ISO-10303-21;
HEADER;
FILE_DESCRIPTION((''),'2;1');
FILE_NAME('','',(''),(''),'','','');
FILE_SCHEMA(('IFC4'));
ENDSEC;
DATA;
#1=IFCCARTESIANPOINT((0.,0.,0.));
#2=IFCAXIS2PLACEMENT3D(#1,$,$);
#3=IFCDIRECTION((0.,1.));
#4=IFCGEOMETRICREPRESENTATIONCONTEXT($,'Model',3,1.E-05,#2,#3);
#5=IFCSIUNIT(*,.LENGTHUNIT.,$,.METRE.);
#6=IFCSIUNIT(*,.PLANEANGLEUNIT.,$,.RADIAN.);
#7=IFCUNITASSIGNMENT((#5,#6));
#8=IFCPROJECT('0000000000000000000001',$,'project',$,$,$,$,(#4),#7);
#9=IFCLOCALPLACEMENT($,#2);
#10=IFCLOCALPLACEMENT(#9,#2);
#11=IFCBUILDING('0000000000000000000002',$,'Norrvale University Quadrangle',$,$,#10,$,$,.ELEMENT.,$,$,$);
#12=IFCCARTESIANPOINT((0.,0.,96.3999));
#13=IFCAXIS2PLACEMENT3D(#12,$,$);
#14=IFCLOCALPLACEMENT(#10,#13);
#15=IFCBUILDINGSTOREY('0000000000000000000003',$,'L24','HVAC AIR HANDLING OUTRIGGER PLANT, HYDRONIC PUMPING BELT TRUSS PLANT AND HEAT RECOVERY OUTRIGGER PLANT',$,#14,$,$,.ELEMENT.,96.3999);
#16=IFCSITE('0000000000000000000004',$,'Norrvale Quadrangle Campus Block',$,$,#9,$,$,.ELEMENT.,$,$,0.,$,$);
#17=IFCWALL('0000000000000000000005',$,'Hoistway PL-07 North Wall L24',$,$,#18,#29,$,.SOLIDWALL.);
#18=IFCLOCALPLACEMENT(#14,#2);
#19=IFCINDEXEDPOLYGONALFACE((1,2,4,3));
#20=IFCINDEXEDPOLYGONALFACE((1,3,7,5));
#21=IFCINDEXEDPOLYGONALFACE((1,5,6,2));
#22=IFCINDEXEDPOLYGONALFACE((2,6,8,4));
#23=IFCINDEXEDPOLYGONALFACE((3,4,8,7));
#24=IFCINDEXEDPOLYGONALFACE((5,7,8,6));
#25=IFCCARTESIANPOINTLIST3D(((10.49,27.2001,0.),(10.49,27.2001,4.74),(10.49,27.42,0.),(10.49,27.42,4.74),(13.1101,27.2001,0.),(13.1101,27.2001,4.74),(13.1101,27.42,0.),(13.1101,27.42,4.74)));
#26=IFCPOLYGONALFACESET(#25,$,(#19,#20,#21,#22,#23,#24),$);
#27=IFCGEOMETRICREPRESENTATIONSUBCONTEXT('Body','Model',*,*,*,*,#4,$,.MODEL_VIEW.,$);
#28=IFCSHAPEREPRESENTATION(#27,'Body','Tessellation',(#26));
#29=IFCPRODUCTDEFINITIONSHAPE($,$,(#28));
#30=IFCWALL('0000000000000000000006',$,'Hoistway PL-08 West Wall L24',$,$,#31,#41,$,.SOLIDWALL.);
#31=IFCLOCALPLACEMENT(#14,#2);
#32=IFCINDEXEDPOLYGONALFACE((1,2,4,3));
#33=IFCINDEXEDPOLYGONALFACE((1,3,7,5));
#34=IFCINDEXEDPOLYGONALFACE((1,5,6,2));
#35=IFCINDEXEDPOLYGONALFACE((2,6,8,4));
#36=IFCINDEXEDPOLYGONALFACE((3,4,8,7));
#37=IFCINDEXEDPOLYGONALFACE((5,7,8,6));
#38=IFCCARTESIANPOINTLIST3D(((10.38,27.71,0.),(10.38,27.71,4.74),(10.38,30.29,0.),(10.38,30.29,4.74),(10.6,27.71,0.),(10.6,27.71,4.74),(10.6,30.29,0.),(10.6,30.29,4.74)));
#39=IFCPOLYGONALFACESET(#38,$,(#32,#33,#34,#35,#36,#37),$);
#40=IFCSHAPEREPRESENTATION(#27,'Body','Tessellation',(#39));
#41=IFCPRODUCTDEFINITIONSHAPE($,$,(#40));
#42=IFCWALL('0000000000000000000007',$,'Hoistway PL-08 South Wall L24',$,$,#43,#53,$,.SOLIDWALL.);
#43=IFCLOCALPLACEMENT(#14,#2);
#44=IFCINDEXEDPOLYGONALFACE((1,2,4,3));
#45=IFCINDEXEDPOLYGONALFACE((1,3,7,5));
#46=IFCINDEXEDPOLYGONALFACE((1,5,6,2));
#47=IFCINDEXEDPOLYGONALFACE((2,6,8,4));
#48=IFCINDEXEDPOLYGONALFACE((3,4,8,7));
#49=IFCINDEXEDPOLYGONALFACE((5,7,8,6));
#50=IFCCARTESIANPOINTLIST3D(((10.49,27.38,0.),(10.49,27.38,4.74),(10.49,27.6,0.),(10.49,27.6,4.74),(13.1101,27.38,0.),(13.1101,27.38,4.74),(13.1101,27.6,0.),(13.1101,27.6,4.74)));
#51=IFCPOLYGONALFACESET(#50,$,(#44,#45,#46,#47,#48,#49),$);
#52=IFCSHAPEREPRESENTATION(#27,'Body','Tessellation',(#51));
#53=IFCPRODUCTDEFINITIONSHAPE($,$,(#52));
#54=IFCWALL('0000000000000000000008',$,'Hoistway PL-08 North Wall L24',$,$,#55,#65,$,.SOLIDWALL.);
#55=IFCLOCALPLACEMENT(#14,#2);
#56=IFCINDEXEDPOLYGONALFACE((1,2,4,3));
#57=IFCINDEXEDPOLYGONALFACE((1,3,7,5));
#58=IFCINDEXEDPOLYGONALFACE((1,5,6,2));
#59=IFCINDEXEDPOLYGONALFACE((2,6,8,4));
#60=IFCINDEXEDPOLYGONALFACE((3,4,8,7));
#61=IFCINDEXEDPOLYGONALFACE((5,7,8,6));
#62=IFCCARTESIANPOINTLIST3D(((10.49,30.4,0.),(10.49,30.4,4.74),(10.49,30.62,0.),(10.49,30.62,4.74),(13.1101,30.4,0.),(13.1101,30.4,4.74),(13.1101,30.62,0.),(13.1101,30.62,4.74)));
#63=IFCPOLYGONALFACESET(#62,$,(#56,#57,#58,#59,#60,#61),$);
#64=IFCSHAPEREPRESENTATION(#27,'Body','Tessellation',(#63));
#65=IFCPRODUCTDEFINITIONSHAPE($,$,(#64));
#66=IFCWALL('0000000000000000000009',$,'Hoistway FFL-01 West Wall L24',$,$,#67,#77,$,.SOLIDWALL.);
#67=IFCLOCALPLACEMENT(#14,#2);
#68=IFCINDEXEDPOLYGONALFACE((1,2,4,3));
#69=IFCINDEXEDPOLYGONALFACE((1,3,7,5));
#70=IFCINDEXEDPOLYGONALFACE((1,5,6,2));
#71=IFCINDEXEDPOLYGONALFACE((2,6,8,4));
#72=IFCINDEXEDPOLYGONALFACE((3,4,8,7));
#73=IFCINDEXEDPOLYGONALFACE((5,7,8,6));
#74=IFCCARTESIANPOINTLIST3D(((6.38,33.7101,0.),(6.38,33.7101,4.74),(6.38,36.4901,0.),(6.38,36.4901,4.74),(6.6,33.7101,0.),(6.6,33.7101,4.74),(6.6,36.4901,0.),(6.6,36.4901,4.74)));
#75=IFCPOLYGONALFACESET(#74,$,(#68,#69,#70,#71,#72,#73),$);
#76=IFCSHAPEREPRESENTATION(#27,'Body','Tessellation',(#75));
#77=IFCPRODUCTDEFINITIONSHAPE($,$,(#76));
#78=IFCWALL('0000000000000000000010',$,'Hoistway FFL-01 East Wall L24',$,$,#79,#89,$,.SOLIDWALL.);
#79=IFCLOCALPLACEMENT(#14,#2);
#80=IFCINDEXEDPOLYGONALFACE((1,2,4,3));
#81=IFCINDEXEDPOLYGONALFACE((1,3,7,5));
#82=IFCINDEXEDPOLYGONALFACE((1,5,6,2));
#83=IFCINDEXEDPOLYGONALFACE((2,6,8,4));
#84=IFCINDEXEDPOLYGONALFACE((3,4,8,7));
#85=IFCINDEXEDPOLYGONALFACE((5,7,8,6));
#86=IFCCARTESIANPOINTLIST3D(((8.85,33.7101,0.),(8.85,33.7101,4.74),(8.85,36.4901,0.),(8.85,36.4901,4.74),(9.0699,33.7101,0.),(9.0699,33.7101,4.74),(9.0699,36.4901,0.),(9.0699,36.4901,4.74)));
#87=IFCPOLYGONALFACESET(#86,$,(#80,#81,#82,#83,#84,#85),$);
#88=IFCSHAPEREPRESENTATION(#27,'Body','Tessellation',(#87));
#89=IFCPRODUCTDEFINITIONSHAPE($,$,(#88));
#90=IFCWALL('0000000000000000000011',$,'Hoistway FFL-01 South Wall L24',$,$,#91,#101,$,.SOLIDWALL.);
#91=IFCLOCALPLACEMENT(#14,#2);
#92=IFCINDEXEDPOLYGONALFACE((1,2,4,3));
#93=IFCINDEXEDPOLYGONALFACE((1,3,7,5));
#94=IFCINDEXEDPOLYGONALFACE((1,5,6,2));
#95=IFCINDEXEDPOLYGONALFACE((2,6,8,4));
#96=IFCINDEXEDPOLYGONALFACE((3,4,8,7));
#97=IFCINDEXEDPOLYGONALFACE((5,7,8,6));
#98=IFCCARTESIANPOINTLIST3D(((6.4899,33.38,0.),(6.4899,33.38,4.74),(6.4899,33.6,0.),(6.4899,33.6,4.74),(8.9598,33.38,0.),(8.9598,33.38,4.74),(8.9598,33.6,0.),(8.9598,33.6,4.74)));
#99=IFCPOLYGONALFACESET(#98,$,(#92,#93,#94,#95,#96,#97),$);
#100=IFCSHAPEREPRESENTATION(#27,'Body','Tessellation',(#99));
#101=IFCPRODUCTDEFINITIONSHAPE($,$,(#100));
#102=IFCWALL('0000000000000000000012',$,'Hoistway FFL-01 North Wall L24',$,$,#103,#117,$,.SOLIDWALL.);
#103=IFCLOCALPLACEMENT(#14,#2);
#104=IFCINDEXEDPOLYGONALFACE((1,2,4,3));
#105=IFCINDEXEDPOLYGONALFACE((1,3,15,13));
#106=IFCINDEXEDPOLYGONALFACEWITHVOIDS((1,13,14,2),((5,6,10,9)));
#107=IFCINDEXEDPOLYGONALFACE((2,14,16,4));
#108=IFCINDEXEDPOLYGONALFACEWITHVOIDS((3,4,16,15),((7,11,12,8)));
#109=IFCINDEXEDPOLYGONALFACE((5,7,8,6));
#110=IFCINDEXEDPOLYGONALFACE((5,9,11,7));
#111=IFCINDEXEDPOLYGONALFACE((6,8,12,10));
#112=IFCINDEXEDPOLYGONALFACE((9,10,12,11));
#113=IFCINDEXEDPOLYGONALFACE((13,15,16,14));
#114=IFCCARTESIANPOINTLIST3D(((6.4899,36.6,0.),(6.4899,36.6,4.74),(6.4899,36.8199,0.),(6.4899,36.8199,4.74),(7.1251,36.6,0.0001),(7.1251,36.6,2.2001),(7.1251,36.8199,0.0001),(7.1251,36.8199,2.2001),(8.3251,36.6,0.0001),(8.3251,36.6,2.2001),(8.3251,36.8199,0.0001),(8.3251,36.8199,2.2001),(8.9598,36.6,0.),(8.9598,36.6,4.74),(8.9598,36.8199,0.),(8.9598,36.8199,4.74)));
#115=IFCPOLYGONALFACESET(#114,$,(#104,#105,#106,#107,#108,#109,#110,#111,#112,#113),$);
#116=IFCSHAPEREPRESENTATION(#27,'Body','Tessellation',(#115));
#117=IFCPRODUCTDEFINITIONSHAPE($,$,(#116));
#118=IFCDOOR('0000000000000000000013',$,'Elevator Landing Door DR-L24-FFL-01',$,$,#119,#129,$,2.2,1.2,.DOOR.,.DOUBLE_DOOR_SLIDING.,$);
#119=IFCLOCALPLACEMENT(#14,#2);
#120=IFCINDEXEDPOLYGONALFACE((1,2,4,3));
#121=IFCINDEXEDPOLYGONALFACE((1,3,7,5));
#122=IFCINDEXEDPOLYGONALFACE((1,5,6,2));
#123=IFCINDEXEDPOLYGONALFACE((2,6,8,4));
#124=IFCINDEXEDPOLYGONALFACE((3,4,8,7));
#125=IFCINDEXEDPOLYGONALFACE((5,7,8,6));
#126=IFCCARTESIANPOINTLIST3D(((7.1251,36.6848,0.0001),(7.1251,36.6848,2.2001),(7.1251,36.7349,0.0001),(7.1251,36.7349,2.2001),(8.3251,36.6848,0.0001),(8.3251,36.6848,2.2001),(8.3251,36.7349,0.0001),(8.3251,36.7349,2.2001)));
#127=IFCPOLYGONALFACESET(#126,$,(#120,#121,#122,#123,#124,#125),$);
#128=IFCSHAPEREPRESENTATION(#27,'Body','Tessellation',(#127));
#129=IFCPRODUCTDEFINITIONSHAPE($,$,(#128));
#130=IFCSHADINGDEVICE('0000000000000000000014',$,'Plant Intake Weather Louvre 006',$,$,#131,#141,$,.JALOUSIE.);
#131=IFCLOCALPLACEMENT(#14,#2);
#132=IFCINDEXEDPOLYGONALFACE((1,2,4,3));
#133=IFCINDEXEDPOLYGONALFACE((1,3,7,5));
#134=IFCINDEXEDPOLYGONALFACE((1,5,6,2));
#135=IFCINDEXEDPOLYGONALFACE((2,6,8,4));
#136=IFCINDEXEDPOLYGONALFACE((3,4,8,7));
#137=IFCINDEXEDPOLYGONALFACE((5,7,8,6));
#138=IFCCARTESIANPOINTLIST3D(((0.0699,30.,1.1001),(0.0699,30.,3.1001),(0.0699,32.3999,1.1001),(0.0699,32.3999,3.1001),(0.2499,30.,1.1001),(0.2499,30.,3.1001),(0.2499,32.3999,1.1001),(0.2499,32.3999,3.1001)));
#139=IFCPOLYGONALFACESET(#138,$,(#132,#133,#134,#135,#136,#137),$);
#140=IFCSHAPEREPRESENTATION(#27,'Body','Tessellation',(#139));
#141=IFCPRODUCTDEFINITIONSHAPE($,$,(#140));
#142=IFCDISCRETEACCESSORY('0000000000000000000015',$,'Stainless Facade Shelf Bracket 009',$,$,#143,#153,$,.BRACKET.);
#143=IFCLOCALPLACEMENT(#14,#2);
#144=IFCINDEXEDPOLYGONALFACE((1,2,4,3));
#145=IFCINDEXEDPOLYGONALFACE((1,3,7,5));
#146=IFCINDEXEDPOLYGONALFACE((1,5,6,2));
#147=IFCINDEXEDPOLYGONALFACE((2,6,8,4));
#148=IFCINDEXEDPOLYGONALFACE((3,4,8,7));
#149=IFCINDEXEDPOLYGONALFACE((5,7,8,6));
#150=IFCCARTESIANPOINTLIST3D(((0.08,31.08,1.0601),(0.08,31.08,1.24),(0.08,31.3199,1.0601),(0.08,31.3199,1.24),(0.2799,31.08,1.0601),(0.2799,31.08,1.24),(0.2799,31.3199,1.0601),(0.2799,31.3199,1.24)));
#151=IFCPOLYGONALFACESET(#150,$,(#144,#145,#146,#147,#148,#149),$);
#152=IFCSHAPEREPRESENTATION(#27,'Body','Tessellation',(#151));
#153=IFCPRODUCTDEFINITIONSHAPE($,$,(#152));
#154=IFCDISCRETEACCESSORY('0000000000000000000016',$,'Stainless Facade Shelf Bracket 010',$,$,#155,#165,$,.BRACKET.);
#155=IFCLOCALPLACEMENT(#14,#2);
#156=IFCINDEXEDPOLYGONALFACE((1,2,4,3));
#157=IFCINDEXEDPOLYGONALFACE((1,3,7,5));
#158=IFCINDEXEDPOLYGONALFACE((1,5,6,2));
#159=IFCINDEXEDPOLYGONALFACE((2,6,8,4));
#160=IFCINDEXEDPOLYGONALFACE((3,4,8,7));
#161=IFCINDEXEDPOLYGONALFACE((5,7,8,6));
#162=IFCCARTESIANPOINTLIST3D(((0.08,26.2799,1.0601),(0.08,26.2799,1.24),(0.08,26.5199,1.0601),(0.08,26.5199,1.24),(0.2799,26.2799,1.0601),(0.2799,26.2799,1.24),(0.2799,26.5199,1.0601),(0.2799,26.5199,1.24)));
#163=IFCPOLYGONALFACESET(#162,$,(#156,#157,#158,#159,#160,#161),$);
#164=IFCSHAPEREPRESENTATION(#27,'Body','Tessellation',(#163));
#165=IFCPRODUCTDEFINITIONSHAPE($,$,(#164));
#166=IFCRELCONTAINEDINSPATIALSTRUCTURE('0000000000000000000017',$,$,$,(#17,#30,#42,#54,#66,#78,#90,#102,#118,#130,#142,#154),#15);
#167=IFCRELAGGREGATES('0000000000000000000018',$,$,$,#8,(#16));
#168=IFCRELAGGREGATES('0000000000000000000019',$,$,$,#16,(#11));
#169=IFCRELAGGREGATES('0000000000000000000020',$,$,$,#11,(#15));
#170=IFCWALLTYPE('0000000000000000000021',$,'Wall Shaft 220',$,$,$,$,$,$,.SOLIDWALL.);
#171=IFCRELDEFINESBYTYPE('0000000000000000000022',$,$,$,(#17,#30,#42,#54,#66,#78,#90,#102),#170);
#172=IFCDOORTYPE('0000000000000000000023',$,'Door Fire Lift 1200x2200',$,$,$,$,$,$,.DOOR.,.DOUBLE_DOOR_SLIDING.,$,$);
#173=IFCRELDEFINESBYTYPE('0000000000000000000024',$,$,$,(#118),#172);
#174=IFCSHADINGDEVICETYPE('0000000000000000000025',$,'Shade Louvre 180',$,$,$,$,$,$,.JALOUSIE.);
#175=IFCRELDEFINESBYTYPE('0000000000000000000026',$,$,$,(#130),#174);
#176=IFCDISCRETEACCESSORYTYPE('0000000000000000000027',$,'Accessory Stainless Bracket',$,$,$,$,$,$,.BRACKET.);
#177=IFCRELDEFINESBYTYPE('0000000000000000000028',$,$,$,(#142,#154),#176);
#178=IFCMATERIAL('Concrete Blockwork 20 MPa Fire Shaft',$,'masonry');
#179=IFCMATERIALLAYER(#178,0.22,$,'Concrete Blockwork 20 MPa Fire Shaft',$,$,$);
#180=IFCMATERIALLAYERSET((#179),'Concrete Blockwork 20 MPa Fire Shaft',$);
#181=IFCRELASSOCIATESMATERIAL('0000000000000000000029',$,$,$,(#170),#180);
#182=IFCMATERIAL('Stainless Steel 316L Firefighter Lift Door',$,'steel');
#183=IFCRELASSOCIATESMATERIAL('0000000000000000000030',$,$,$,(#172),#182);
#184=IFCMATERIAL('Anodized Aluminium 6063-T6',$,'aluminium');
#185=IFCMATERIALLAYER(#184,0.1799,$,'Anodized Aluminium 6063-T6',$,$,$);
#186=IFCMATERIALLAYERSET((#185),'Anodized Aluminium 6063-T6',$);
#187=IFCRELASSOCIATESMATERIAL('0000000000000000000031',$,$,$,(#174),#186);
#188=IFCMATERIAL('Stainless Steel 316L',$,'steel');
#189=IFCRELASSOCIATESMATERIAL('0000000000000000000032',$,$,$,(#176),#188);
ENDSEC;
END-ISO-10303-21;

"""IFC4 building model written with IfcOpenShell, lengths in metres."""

from ifc_helpers import new_model, si_unit, direction, frame, frame_2d, origin, origin_2d, place, context, subcontext, project, spatial, rectangle, extrude, material, layer, layer_set, type_object, element, fill, save


model = new_model("IFC4")

# Units and contexts
model_context = context("Model", 3, precision=1e-05, world=origin(), true_north=direction((0.0, 1.0)))
body_context = subcontext(model_context, "Body", "Model", "MODEL_VIEW")
ifc_project = project(units=[si_unit("LENGTHUNIT", "METRE"), si_unit("PLANEANGLEUNIT", "RADIAN")], contexts=[model_context])

# Site, building, storey
site_placement = place(None, origin())
site = spatial("IfcSite", under=ifc_project, at=site_placement, Name="Norrvale Quadrangle Campus Block", CompositionType="ELEMENT", RefElevation=0.0)
building_placement = place(site_placement, origin())
building = spatial("IfcBuilding", under=site, at=building_placement, Name="Norrvale University Quadrangle", CompositionType="ELEMENT")
storey_placement = place(building_placement, frame((0.0, 0.0, 96.3999)))
storey = spatial("IfcBuildingStorey", under=building, at=storey_placement, Name="L24", Description="HVAC AIR HANDLING OUTRIGGER PLANT, HYDRONIC PUMPING BELT TRUSS PLANT AND HEAT RECOVERY OUTRIGGER PLANT", CompositionType="ELEMENT", Elevation=96.3999)

# Shared definitions
ifc_material_1 = material(Name="Concrete Blockwork 20 MPa Fire Shaft", Category="masonry")
ifc_layer_1 = layer(ifc_material_1, 0.22, Name="Concrete Blockwork 20 MPa Fire Shaft")
ifc_layer_set_1 = layer_set([ifc_layer_1], Name="Concrete Blockwork 20 MPa Fire Shaft")
wall_type_1 = type_object("IfcWallType", Name="Wall Shaft 220", PredefinedType="SOLIDWALL", material=ifc_layer_set_1)

# Walls
wall_1_placement = place(storey_placement, frame((10.49, 27.3101, 0.0), z_axis=(0.0, 0.0, 1.0), x_axis=(1.0, 0.0, 0.0)))
element("IfcWall", 1, at=wall_1_placement, inside=storey, type_object=wall_type_1, Name="Hoistway PL-07 North Wall L24", PredefinedType="SOLIDWALL", context=body_context, shape_type="SweptSolid", body=[
    extrude(rectangle(XDim=2.6201, YDim=0.22, at=frame_2d((1.3101, 0.0))), origin(), (0.0, 0.0, 1.0), 4.74),
])
wall_2_placement = place(storey_placement, frame((10.49, 27.71, 0.0), z_axis=(0.0, 0.0, 1.0), x_axis=(0.0, 1.0, 0.0)))
element("IfcWall", 2, at=wall_2_placement, inside=storey, type_object=wall_type_1, Name="Hoistway PL-08 West Wall L24", PredefinedType="SOLIDWALL", context=body_context, shape_type="SweptSolid", body=[
    extrude(rectangle(XDim=2.5801, YDim=0.22, at=frame_2d((1.29, 0.0))), origin(), (0.0, 0.0, 1.0), 4.74),
])
for number, where, z_axis, x_axis, name in (
    (3, (10.49, 27.49, 0.0), (0.0, 0.0, 1.0), (1.0, 0.0, 0.0), "Hoistway PL-08 South Wall L24"),
    (4, (10.49, 30.51, 0.0), (0.0, 0.0, 1.0), (1.0, 0.0, 0.0), "Hoistway PL-08 North Wall L24"),
):
    element("IfcWall", number, at=place(storey_placement, frame(where, z_axis=z_axis, x_axis=x_axis)), inside=storey, type_object=wall_type_1, Name=name, PredefinedType="SOLIDWALL", context=body_context, shape_type="SweptSolid", body=[
        extrude(rectangle(XDim=2.6201, YDim=0.22, at=frame_2d((1.3101, 0.0))), origin(), (0.0, 0.0, 1.0), 4.74),
    ])
for number, where, z_axis, x_axis, name in (
    (5, (6.49, 33.71, 0.0), (0.0, 0.0, 1.0), (0.0, 1.0, 0.0), "Hoistway FFL-01 West Wall L24"),
    (6, (8.96, 33.71, 0.0), (0.0, 0.0, 1.0), (0.0, 1.0, 0.0), "Hoistway FFL-01 East Wall L24"),
):
    element("IfcWall", number, at=place(storey_placement, frame(where, z_axis=z_axis, x_axis=x_axis)), inside=storey, type_object=wall_type_1, Name=name, PredefinedType="SOLIDWALL", context=body_context, shape_type="SweptSolid", body=[
        extrude(rectangle(XDim=2.78, YDim=0.22, at=frame_2d((1.3901, 0.0))), origin(), (0.0, 0.0, 1.0), 4.74),
    ])
wall_3_placement = place(storey_placement, frame((6.49, 33.49, 0.0), z_axis=(0.0, 0.0, 1.0), x_axis=(1.0, 0.0, 0.0)))
element("IfcWall", 7, at=wall_3_placement, inside=storey, type_object=wall_type_1, Name="Hoistway FFL-01 South Wall L24", PredefinedType="SOLIDWALL", context=body_context, shape_type="SweptSolid", body=[
    extrude(rectangle(XDim=2.47, YDim=0.22, at=frame_2d((1.2349, 0.0))), origin(), (0.0, 0.0, 1.0), 4.74),
])

# Wall, opening, door
wall_4_placement = place(storey_placement, frame((6.49, 36.71, 0.0), z_axis=(0.0, 0.0, 1.0), x_axis=(1.0, 0.0, 0.0)))
wall_4 = element("IfcWall", 8, at=wall_4_placement, inside=storey, type_object=wall_type_1, Name="Hoistway FFL-01 North Wall L24", PredefinedType="SOLIDWALL", context=body_context, shape_type="SweptSolid", body=[
    extrude(rectangle(XDim=2.47, YDim=0.22, at=frame_2d((1.2349, 0.0))), origin(), (0.0, 0.0, 1.0), 4.74),
])
opening_1_placement = place(wall_4_placement, frame((0.635, 0.0, 0.0)))
opening_1 = element("IfcOpeningElement", 9, at=opening_1_placement, cuts=wall_4, PredefinedType="OPENING", context=body_context, shape_type="SweptSolid", body=[
    extrude(rectangle(XDim=1.2, YDim=2.2, at=frame_2d((0.6001, 1.1001))), frame((0.0, 0.1221, 0.0), z_axis=(0.0, -1.0, 0.0), x_axis=(1.0, 0.0, 0.0)), (0.0, 0.0, 1.0), 0.2439),
])
ifc_material_2 = material(Name="Stainless Steel 316L Firefighter Lift Door", Category="steel")
door_type_1 = type_object("IfcDoorType", Name="Door Fire Lift 1200x2200", OperationType="DOUBLE_DOOR_SLIDING", PredefinedType="DOOR", material=ifc_material_2)
door_1_placement = place(opening_1_placement, origin())
door_1 = element("IfcDoor", 10, at=door_1_placement, inside=storey, type_object=door_type_1, Name="Elevator Landing Door DR-L24-FFL-01", OperationType="DOUBLE_DOOR_SLIDING", OverallHeight=2.2, OverallWidth=1.2, PredefinedType="DOOR", context=body_context, shape_type="SweptSolid", body=[
    extrude(rectangle(XDim=1.2, YDim=2.2, at=frame_2d((0.6001, 1.1001))), frame((0.0, 0.0249, 0.0), z_axis=(0.0, -1.0, 0.0), x_axis=(1.0, 0.0, 0.0)), (0.0, 0.0, 1.0), 0.05),
])
fill(opening_1, door_1)

# Shading device
ifc_material_3 = material(Name="Anodized Aluminium 6063-T6", Category="aluminium")
ifc_layer_2 = layer(ifc_material_3, 0.1799, Name="Anodized Aluminium 6063-T6")
ifc_layer_set_2 = layer_set([ifc_layer_2], Name="Anodized Aluminium 6063-T6")
shading_device_type = type_object("IfcShadingDeviceType", Name="Shade Louvre 180", PredefinedType="JALOUSIE", material=ifc_layer_set_2)
shading_device_placement = place(storey_placement, frame((0.1599, 31.2, 1.1001), z_axis=(0.0, 0.0, 1.0), x_axis=(0.0, -1.0, 0.0)))
element("IfcShadingDevice", 11, at=shading_device_placement, inside=storey, type_object=shading_device_type, Name="Plant Intake Weather Louvre 006", PredefinedType="JALOUSIE", context=body_context, shape_type="SweptSolid", body=[
    extrude(rectangle(XDim=2.3999, YDim=0.1799, at=origin_2d()), origin(), (0.0, 0.0, 1.0), 2.0),
])

# Discrete accessories
ifc_material_4 = material(Name="Stainless Steel 316L", Category="steel")
discrete_accessory_type = type_object("IfcDiscreteAccessoryType", Name="Accessory Stainless Bracket", PredefinedType="BRACKET", material=ifc_material_4)
for number, where, z_axis, x_axis, name in (
    (12, (0.1799, 31.2, 1.0601), (0.0, 0.0, 1.0), (0.0, -1.0, 0.0), "Stainless Facade Shelf Bracket 009"),
    (13, (0.1799, 26.3999, 1.0601), (0.0, 0.0, 1.0), (0.0, -1.0, 0.0), "Stainless Facade Shelf Bracket 010"),
):
    element("IfcDiscreteAccessory", number, at=place(storey_placement, frame(where, z_axis=z_axis, x_axis=x_axis)), inside=storey, type_object=discrete_accessory_type, Name=name, PredefinedType="BRACKET", context=body_context, shape_type="SweptSolid", body=[
        extrude(rectangle(XDim=0.24, YDim=0.2, at=origin_2d()), origin(), (0.0, 0.0, 1.0), 0.1799),
    ])

save(model, "model.ifc")
